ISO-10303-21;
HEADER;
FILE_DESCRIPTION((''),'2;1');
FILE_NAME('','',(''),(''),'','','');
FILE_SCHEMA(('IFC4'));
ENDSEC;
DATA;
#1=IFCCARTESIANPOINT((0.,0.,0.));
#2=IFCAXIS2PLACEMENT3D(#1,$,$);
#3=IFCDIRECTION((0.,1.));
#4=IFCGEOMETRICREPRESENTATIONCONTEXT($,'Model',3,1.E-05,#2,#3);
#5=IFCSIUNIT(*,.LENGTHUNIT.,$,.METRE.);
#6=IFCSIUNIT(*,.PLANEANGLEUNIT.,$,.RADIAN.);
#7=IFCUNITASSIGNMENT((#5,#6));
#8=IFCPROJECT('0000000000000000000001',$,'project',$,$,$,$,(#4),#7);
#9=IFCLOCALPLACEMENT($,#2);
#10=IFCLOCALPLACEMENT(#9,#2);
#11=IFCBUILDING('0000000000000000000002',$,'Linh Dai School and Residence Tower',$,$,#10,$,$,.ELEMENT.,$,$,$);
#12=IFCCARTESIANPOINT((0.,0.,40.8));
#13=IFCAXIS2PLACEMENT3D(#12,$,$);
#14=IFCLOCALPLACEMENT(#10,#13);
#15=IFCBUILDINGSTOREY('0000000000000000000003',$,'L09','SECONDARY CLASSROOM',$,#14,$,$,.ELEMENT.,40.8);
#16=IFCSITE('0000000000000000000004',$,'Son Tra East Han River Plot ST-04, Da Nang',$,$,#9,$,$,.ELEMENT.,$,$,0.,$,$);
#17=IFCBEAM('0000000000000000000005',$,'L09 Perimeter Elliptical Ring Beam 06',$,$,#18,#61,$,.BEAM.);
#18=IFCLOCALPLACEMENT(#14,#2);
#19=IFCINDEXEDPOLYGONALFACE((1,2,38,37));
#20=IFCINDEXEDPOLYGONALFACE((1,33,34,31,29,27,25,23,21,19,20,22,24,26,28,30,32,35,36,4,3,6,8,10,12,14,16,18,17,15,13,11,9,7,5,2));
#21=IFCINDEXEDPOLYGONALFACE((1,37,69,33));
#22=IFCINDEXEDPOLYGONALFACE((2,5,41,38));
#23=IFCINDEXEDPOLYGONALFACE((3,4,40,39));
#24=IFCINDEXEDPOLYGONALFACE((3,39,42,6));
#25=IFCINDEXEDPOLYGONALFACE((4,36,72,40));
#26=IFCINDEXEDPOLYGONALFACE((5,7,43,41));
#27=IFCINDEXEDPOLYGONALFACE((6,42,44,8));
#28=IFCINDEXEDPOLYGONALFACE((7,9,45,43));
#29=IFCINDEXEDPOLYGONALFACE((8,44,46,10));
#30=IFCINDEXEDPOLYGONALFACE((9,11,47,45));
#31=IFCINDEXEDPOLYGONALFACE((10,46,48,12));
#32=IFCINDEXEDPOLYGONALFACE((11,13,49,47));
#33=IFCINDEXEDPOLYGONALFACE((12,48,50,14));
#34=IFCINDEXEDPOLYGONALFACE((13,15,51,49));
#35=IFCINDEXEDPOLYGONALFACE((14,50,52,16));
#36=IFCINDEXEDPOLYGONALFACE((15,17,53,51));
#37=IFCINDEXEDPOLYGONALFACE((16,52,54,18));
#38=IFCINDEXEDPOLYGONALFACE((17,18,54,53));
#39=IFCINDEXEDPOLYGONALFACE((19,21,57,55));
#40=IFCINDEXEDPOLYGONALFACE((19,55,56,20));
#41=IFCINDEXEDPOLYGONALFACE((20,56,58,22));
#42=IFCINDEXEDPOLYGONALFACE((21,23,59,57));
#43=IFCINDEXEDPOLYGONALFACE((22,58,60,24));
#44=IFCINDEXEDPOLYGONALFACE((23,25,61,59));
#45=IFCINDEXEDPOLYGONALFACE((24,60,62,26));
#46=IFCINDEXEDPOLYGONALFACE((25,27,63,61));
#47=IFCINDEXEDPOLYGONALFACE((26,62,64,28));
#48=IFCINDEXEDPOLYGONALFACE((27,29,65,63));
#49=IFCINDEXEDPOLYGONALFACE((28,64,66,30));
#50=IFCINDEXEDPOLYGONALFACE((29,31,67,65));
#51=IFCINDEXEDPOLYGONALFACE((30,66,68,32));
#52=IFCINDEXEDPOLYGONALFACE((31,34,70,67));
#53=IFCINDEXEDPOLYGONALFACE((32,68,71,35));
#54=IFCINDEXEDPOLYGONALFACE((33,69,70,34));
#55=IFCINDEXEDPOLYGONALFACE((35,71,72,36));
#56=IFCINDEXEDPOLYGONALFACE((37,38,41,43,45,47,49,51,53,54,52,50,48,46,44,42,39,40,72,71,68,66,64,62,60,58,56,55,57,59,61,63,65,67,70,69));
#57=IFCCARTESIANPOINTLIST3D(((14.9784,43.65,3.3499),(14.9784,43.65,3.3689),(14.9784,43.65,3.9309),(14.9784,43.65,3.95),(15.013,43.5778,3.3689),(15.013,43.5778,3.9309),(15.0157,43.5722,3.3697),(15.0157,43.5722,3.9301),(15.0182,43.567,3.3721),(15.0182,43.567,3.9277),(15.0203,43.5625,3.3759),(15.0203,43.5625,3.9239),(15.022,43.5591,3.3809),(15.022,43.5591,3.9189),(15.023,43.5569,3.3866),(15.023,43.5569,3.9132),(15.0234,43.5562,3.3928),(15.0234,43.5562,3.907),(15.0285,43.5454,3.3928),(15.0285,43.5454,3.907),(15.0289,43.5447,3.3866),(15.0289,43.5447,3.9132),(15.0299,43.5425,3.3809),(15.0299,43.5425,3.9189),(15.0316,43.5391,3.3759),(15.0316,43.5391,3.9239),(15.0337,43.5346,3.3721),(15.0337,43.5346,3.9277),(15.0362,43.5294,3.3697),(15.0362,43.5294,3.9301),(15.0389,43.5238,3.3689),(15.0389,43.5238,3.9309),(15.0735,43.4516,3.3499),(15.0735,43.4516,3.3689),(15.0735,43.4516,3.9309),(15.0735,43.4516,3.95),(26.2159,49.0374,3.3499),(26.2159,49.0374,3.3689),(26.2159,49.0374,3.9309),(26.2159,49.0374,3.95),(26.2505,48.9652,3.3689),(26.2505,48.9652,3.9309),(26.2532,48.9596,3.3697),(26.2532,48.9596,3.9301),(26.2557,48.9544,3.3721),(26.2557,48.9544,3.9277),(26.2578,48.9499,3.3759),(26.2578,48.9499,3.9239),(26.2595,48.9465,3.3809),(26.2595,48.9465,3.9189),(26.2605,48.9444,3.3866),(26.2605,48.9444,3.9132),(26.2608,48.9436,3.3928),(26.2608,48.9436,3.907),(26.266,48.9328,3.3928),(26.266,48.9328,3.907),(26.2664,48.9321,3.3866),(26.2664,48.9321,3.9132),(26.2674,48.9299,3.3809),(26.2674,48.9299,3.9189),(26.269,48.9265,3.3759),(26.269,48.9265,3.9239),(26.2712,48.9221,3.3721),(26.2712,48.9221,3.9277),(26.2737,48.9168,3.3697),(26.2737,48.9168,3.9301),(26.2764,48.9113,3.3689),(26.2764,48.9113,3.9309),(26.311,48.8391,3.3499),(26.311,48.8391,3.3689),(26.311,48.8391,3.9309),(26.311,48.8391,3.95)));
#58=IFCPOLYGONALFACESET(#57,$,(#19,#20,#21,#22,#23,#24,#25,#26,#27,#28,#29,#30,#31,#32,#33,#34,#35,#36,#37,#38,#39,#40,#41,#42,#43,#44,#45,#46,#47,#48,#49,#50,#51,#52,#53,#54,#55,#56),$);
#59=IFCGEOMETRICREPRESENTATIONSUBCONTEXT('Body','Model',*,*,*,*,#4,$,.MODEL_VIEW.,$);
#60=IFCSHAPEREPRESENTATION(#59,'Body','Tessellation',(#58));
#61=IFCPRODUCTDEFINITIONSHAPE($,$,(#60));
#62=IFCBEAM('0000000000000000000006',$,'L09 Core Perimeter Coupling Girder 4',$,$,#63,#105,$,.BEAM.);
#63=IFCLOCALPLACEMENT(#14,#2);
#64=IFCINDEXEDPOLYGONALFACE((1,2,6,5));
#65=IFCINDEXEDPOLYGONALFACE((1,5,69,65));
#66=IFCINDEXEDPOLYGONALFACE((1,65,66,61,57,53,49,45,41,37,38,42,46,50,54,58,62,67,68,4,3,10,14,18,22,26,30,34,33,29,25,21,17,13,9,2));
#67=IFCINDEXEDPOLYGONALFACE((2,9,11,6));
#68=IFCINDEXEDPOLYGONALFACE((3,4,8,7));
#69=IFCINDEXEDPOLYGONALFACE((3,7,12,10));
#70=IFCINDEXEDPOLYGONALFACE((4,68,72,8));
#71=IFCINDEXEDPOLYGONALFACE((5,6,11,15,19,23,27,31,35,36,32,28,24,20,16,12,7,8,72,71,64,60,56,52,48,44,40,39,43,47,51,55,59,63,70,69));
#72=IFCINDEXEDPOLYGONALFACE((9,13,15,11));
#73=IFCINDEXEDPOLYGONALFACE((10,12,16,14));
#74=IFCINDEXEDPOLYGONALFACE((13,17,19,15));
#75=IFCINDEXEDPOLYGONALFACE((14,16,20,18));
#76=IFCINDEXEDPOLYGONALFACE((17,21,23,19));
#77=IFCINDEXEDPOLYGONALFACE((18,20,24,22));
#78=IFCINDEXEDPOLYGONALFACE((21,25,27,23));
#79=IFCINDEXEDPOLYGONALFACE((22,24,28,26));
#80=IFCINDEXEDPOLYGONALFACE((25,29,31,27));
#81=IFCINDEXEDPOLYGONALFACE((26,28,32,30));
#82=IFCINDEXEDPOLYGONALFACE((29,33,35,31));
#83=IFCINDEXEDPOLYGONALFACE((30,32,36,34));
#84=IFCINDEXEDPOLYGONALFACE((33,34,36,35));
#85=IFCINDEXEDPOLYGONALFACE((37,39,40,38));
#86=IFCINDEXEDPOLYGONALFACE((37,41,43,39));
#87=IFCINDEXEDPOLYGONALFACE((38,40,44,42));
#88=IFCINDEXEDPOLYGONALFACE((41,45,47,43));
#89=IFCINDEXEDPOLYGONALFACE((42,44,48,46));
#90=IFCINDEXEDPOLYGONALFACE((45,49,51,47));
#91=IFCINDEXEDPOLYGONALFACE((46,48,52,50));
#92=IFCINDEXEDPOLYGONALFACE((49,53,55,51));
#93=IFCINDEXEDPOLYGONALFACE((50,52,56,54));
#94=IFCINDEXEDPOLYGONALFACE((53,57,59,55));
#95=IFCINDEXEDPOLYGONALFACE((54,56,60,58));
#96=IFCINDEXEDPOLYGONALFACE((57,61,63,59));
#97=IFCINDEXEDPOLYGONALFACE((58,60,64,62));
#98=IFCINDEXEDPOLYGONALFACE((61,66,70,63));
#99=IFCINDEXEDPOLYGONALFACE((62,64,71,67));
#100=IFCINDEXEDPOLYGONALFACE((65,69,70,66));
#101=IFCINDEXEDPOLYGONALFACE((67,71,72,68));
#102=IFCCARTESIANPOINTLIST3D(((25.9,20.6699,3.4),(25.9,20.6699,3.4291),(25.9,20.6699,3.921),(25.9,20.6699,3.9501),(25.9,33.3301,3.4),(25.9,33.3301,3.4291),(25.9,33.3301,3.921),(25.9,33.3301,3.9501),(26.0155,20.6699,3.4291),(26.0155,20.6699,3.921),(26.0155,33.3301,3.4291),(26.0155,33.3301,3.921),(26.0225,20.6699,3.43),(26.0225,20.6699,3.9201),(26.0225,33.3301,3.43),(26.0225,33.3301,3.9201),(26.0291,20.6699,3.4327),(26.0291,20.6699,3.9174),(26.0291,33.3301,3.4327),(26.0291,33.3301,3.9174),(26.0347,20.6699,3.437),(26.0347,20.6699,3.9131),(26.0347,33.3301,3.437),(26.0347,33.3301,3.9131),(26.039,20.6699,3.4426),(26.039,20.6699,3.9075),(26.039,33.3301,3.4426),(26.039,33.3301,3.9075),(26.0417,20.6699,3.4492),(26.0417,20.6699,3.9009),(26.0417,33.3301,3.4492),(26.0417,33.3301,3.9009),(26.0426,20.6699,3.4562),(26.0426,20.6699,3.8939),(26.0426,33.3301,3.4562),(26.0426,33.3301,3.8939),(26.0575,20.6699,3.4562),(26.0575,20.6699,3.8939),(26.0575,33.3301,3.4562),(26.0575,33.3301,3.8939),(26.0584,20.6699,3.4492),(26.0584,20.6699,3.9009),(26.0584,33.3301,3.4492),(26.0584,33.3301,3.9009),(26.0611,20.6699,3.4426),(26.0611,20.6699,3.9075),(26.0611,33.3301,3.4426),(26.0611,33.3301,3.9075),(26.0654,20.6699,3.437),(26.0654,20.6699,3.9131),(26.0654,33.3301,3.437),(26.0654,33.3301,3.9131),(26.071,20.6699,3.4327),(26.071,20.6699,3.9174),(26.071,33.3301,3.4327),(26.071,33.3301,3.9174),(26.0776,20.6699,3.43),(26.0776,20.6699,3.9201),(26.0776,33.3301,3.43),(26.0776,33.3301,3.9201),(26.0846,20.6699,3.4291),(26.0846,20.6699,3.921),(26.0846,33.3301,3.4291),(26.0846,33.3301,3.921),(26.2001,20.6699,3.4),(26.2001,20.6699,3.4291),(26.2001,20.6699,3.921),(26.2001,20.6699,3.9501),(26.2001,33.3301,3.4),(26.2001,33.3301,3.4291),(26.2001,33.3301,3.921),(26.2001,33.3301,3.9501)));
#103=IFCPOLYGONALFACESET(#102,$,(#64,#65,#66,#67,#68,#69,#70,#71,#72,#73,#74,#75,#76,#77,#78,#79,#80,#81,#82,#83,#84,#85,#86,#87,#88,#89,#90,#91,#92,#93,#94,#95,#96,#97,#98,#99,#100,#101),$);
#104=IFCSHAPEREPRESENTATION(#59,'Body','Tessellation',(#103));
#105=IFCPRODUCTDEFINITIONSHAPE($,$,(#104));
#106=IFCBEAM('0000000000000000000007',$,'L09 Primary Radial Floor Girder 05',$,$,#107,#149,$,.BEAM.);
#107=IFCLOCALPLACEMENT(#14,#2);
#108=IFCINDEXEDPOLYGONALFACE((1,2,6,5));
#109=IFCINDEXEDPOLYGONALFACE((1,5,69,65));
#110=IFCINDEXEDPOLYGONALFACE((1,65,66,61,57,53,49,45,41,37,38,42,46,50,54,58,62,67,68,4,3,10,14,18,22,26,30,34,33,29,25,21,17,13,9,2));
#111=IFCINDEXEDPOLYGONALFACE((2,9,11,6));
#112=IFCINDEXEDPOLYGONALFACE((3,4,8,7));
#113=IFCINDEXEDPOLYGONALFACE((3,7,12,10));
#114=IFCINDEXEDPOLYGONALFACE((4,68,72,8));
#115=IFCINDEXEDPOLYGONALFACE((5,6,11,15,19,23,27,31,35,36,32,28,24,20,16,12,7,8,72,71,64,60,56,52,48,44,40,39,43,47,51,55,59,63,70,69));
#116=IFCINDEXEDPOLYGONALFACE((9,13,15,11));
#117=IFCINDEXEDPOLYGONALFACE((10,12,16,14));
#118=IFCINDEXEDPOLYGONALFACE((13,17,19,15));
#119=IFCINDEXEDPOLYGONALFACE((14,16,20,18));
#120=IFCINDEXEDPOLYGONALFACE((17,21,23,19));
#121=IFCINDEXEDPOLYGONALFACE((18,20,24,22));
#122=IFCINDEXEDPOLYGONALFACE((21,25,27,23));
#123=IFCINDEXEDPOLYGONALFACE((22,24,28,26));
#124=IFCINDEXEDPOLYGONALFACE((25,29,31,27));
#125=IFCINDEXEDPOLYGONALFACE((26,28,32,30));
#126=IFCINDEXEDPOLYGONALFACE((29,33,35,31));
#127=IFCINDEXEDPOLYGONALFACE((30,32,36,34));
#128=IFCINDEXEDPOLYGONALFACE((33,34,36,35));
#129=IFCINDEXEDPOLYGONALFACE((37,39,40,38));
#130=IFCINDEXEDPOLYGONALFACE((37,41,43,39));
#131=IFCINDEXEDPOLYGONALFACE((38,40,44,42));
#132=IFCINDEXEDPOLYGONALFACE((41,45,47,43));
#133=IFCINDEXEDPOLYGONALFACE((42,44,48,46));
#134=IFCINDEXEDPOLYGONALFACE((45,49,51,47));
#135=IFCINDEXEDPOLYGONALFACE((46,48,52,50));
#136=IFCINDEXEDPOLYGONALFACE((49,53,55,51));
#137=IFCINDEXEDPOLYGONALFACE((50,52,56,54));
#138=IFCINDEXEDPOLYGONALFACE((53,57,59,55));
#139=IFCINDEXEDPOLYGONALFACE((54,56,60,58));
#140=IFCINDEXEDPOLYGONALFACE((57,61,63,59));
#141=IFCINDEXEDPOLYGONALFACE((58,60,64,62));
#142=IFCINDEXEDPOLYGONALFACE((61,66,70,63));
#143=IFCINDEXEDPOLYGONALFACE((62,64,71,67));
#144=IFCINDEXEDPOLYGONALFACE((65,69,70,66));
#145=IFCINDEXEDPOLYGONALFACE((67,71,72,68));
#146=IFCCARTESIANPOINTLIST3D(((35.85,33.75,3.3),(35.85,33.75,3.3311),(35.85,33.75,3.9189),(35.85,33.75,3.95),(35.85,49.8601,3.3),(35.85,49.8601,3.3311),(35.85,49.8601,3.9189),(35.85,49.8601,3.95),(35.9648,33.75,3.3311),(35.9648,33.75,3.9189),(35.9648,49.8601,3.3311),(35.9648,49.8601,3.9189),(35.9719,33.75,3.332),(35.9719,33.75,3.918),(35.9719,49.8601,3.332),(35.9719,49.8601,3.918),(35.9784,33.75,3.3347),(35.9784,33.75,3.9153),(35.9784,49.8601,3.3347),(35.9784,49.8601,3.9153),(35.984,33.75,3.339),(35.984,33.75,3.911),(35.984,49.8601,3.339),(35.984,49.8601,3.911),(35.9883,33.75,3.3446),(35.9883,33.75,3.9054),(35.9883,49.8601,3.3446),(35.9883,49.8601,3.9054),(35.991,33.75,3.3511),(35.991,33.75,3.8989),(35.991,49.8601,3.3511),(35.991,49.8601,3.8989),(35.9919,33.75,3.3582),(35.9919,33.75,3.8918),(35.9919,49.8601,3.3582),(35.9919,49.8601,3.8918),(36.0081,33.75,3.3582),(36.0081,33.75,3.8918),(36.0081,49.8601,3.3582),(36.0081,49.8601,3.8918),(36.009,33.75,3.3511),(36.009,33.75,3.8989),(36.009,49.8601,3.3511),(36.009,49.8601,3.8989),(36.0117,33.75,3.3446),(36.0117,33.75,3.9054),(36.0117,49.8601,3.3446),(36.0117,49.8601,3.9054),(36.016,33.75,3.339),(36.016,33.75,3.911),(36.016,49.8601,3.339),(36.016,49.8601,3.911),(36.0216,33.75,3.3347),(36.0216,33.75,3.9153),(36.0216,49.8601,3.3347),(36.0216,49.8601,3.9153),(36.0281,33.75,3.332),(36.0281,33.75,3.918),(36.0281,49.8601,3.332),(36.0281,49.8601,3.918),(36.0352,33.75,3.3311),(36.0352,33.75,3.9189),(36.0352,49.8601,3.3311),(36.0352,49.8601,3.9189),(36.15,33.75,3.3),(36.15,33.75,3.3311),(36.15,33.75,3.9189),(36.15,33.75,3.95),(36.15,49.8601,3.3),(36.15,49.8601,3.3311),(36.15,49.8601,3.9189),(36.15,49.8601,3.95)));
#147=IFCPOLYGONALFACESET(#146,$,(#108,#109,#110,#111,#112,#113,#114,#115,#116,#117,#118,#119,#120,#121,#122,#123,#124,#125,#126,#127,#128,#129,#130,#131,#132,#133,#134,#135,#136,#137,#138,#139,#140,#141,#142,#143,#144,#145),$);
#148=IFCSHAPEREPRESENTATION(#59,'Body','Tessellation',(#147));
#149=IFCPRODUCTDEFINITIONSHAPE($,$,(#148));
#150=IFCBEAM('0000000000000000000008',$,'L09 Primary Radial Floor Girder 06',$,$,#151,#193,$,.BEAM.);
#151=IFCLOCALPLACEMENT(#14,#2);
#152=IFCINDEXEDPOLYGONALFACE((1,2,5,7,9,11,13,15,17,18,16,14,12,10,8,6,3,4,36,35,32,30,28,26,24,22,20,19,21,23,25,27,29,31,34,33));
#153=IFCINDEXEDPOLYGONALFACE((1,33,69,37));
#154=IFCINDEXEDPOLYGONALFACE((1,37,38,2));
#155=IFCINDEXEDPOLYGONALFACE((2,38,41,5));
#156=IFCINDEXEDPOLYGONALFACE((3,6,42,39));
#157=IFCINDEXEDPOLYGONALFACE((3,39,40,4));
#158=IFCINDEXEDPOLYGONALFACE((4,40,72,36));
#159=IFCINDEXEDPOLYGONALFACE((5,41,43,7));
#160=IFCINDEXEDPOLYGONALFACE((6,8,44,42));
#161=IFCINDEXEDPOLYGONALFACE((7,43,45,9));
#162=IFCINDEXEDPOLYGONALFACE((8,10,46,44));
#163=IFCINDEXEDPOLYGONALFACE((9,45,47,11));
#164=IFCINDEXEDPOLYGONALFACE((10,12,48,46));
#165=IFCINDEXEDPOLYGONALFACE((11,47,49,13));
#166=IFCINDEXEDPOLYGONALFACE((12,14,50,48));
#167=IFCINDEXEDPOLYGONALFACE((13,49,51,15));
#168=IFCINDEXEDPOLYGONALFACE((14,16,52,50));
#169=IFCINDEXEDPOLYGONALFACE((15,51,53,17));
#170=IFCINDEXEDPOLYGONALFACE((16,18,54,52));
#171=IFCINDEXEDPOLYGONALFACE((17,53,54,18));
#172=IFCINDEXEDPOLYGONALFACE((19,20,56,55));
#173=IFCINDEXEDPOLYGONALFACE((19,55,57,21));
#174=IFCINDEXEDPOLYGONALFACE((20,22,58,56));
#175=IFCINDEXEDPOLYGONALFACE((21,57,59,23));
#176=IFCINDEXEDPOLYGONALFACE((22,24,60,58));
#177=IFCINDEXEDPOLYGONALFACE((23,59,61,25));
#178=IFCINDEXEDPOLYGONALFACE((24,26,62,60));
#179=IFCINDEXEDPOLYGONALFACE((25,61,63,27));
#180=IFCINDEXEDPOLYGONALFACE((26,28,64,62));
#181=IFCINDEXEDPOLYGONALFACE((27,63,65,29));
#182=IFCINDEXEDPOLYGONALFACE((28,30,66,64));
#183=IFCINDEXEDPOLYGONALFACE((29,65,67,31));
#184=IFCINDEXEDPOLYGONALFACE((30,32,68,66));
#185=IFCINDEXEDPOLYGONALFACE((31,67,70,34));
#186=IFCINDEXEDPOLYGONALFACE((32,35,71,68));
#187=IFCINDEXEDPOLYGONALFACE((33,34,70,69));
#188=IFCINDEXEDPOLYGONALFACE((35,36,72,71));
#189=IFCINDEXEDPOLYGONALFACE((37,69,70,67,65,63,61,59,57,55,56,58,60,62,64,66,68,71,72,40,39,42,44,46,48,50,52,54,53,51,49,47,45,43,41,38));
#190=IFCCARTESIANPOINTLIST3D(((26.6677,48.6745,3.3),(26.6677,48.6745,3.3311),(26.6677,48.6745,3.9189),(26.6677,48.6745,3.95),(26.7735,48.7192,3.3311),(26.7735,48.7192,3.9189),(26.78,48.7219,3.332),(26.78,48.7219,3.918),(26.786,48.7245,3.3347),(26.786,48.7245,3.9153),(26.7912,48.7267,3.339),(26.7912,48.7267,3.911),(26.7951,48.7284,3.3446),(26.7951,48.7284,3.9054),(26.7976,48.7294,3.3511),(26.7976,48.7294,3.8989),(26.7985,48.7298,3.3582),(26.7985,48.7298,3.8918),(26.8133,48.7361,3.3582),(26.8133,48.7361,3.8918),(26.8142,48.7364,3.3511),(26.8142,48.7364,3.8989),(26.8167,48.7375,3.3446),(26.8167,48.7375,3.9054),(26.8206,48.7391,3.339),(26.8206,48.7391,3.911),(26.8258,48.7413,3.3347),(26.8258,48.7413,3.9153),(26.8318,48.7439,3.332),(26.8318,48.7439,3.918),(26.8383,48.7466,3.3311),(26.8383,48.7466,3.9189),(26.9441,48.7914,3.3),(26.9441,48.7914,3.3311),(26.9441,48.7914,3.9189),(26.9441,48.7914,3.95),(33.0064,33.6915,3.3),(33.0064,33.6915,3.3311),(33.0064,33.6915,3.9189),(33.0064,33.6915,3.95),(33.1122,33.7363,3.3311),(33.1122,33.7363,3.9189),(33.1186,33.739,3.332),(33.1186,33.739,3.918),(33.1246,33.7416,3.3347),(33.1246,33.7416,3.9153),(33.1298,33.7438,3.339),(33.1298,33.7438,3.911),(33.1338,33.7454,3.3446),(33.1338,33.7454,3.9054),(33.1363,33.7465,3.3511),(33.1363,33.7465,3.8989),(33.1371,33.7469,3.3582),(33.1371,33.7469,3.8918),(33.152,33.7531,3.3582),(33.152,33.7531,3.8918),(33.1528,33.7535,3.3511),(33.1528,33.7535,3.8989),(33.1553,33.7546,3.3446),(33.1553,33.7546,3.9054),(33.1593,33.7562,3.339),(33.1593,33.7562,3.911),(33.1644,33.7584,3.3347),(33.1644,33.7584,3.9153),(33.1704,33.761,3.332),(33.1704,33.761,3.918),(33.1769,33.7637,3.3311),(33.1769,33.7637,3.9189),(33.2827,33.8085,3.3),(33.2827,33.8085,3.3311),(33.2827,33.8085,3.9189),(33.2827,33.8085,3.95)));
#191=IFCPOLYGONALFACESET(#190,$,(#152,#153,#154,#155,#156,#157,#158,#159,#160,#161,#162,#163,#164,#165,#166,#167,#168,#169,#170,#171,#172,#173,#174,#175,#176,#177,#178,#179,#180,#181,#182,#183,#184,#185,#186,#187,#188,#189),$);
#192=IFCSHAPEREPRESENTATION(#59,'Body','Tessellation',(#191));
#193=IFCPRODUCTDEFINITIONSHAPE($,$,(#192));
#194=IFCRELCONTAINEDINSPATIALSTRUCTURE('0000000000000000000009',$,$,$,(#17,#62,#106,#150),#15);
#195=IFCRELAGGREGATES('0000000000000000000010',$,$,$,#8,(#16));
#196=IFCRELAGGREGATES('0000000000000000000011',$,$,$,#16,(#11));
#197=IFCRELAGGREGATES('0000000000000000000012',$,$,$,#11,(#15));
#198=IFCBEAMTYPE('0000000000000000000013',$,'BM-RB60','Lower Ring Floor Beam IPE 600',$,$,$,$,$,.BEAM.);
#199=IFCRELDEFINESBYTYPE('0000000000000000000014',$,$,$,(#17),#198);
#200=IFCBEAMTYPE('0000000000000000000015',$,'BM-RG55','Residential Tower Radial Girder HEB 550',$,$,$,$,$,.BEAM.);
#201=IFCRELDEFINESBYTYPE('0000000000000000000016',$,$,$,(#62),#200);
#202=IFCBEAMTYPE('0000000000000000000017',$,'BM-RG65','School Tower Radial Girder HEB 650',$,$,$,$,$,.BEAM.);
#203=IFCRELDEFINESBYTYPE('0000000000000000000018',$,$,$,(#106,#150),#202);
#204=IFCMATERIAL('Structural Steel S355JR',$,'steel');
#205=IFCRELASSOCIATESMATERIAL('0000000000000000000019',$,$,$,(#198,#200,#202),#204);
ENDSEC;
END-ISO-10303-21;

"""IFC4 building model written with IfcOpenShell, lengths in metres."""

from ifc_helpers import new_model, si_unit, direction, frame, origin, origin_2d, place, context, subcontext, project, spatial, i_section, extrude, material, material_profile, profile_set, type_object, element, save


model = new_model("IFC4")

# Units and contexts
model_context = context("Model", 3, precision=1e-05, world=origin(), true_north=direction((0.0, 1.0)))
body_context = subcontext(model_context, "Body", "Model", "MODEL_VIEW")
ifc_project = project(units=[si_unit("LENGTHUNIT", "METRE"), si_unit("PLANEANGLEUNIT", "RADIAN")], contexts=[model_context])

# Site, building, storey
site_placement = place(None, origin())
site = spatial("IfcSite", under=ifc_project, at=site_placement, Name="Son Tra East Han River Plot ST-04, Da Nang", CompositionType="ELEMENT", RefElevation=0.0)
building_placement = place(site_placement, origin())
building = spatial("IfcBuilding", under=site, at=building_placement, Name="Linh Dai School and Residence Tower", CompositionType="ELEMENT")
storey_placement = place(building_placement, frame((0.0, 0.0, 40.8)))
storey = spatial("IfcBuildingStorey", under=building, at=storey_placement, Name="L09", Description="SECONDARY CLASSROOM", CompositionType="ELEMENT", Elevation=40.8)

# Shared definitions
ifc_material_1 = material(Name="Structural Steel S355JR", Category="steel")

# Beams
ifc_material_profile_1 = material_profile(ifc_material_1, i_section(OverallWidth=0.22, OverallDepth=0.6001, WebThickness=0.012, FlangeThickness=0.019, FilletRadius=0.0239, at=origin_2d()), Name="IPE 600")
ifc_profile_set_1 = profile_set([ifc_material_profile_1], Name="Structural Steel S355JR")
beam_type_1 = type_object("IfcBeamType", Name="BM-RB60", Description="Lower Ring Floor Beam IPE 600", PredefinedType="BEAM", material=ifc_profile_set_1)
beam_1_placement = place(storey_placement, frame((26.2634, 48.9382, 3.6499), z_axis=(-0.901729, -0.432302, 0.0), x_axis=(0.432302, -0.901729, 0.0)))
element("IfcBeam", 1, at=beam_1_placement, inside=storey, type_object=beam_type_1, Name="L09 Perimeter Elliptical Ring Beam 06", PredefinedType="BEAM", context=body_context, shape_type="SweptSolid", body=[
    extrude(i_section(OverallWidth=0.22, OverallDepth=0.6001, WebThickness=0.012, FlangeThickness=0.019, FilletRadius=0.0239, at=origin_2d()), origin(), (0.0, 0.0, 1.0), 12.4622),
])
ifc_material_profile_2 = material_profile(ifc_material_1, i_section(OverallWidth=0.3, OverallDepth=0.55, WebThickness=0.0149, FlangeThickness=0.0291, FilletRadius=0.0271, at=origin_2d()), Name="HEB 550")
ifc_profile_set_2 = profile_set([ifc_material_profile_2], Name="Structural Steel S355JR")
beam_type_2 = type_object("IfcBeamType", Name="BM-RG55", Description="Residential Tower Radial Girder HEB 550", PredefinedType="BEAM", material=ifc_profile_set_2)
beam_2_placement = place(storey_placement, frame((26.05, 33.3301, 3.675), z_axis=(0.0, -1.0, 0.0), x_axis=(1.0, 0.0, 0.0)))
element("IfcBeam", 2, at=beam_2_placement, inside=storey, type_object=beam_type_2, Name="L09 Core Perimeter Coupling Girder 4", PredefinedType="BEAM", context=body_context, shape_type="SweptSolid", body=[
    extrude(i_section(OverallWidth=0.3, OverallDepth=0.55, WebThickness=0.0149, FlangeThickness=0.0291, FilletRadius=0.0271, at=origin_2d()), origin(), (0.0, 0.0, 1.0), 12.6602),
])
ifc_material_profile_3 = material_profile(ifc_material_1, i_section(OverallWidth=0.3, OverallDepth=0.6499, WebThickness=0.0161, FlangeThickness=0.031, FilletRadius=0.0271, at=origin_2d()), Name="HEB 650")
ifc_profile_set_3 = profile_set([ifc_material_profile_3], Name="Structural Steel S355JR")
beam_type_3 = type_object("IfcBeamType", Name="BM-RG65", Description="School Tower Radial Girder HEB 650", PredefinedType="BEAM", material=ifc_profile_set_3)
beam_3_placement = place(storey_placement, frame((36.0, 33.75, 3.625), z_axis=(0.0, 1.0, 0.0), x_axis=(-1.0, 0.0, 0.0)))
element("IfcBeam", 3, at=beam_3_placement, inside=storey, type_object=beam_type_3, Name="L09 Primary Radial Floor Girder 05", PredefinedType="BEAM", context=body_context, shape_type="SweptSolid", body=[
    extrude(i_section(OverallWidth=0.3, OverallDepth=0.6499, WebThickness=0.0161, FlangeThickness=0.031, FilletRadius=0.0271, at=origin_2d()), origin(), (0.0, 0.0, 1.0), 16.1101),
])
beam_4_placement = place(storey_placement, frame((33.1445, 33.75, 3.625), z_axis=(-0.389624, 0.920974, 0.0), x_axis=(-0.920974, -0.389624, 0.0)))
element("IfcBeam", 4, at=beam_4_placement, inside=storey, type_object=beam_type_3, Name="L09 Primary Radial Floor Girder 06", PredefinedType="BEAM", context=body_context, shape_type="SweptSolid", body=[
    extrude(i_section(OverallWidth=0.3, OverallDepth=0.6499, WebThickness=0.0161, FlangeThickness=0.031, FilletRadius=0.0271, at=origin_2d()), origin(), (0.0, 0.0, 1.0), 16.2686),
])

save(model, "model.ifc")
